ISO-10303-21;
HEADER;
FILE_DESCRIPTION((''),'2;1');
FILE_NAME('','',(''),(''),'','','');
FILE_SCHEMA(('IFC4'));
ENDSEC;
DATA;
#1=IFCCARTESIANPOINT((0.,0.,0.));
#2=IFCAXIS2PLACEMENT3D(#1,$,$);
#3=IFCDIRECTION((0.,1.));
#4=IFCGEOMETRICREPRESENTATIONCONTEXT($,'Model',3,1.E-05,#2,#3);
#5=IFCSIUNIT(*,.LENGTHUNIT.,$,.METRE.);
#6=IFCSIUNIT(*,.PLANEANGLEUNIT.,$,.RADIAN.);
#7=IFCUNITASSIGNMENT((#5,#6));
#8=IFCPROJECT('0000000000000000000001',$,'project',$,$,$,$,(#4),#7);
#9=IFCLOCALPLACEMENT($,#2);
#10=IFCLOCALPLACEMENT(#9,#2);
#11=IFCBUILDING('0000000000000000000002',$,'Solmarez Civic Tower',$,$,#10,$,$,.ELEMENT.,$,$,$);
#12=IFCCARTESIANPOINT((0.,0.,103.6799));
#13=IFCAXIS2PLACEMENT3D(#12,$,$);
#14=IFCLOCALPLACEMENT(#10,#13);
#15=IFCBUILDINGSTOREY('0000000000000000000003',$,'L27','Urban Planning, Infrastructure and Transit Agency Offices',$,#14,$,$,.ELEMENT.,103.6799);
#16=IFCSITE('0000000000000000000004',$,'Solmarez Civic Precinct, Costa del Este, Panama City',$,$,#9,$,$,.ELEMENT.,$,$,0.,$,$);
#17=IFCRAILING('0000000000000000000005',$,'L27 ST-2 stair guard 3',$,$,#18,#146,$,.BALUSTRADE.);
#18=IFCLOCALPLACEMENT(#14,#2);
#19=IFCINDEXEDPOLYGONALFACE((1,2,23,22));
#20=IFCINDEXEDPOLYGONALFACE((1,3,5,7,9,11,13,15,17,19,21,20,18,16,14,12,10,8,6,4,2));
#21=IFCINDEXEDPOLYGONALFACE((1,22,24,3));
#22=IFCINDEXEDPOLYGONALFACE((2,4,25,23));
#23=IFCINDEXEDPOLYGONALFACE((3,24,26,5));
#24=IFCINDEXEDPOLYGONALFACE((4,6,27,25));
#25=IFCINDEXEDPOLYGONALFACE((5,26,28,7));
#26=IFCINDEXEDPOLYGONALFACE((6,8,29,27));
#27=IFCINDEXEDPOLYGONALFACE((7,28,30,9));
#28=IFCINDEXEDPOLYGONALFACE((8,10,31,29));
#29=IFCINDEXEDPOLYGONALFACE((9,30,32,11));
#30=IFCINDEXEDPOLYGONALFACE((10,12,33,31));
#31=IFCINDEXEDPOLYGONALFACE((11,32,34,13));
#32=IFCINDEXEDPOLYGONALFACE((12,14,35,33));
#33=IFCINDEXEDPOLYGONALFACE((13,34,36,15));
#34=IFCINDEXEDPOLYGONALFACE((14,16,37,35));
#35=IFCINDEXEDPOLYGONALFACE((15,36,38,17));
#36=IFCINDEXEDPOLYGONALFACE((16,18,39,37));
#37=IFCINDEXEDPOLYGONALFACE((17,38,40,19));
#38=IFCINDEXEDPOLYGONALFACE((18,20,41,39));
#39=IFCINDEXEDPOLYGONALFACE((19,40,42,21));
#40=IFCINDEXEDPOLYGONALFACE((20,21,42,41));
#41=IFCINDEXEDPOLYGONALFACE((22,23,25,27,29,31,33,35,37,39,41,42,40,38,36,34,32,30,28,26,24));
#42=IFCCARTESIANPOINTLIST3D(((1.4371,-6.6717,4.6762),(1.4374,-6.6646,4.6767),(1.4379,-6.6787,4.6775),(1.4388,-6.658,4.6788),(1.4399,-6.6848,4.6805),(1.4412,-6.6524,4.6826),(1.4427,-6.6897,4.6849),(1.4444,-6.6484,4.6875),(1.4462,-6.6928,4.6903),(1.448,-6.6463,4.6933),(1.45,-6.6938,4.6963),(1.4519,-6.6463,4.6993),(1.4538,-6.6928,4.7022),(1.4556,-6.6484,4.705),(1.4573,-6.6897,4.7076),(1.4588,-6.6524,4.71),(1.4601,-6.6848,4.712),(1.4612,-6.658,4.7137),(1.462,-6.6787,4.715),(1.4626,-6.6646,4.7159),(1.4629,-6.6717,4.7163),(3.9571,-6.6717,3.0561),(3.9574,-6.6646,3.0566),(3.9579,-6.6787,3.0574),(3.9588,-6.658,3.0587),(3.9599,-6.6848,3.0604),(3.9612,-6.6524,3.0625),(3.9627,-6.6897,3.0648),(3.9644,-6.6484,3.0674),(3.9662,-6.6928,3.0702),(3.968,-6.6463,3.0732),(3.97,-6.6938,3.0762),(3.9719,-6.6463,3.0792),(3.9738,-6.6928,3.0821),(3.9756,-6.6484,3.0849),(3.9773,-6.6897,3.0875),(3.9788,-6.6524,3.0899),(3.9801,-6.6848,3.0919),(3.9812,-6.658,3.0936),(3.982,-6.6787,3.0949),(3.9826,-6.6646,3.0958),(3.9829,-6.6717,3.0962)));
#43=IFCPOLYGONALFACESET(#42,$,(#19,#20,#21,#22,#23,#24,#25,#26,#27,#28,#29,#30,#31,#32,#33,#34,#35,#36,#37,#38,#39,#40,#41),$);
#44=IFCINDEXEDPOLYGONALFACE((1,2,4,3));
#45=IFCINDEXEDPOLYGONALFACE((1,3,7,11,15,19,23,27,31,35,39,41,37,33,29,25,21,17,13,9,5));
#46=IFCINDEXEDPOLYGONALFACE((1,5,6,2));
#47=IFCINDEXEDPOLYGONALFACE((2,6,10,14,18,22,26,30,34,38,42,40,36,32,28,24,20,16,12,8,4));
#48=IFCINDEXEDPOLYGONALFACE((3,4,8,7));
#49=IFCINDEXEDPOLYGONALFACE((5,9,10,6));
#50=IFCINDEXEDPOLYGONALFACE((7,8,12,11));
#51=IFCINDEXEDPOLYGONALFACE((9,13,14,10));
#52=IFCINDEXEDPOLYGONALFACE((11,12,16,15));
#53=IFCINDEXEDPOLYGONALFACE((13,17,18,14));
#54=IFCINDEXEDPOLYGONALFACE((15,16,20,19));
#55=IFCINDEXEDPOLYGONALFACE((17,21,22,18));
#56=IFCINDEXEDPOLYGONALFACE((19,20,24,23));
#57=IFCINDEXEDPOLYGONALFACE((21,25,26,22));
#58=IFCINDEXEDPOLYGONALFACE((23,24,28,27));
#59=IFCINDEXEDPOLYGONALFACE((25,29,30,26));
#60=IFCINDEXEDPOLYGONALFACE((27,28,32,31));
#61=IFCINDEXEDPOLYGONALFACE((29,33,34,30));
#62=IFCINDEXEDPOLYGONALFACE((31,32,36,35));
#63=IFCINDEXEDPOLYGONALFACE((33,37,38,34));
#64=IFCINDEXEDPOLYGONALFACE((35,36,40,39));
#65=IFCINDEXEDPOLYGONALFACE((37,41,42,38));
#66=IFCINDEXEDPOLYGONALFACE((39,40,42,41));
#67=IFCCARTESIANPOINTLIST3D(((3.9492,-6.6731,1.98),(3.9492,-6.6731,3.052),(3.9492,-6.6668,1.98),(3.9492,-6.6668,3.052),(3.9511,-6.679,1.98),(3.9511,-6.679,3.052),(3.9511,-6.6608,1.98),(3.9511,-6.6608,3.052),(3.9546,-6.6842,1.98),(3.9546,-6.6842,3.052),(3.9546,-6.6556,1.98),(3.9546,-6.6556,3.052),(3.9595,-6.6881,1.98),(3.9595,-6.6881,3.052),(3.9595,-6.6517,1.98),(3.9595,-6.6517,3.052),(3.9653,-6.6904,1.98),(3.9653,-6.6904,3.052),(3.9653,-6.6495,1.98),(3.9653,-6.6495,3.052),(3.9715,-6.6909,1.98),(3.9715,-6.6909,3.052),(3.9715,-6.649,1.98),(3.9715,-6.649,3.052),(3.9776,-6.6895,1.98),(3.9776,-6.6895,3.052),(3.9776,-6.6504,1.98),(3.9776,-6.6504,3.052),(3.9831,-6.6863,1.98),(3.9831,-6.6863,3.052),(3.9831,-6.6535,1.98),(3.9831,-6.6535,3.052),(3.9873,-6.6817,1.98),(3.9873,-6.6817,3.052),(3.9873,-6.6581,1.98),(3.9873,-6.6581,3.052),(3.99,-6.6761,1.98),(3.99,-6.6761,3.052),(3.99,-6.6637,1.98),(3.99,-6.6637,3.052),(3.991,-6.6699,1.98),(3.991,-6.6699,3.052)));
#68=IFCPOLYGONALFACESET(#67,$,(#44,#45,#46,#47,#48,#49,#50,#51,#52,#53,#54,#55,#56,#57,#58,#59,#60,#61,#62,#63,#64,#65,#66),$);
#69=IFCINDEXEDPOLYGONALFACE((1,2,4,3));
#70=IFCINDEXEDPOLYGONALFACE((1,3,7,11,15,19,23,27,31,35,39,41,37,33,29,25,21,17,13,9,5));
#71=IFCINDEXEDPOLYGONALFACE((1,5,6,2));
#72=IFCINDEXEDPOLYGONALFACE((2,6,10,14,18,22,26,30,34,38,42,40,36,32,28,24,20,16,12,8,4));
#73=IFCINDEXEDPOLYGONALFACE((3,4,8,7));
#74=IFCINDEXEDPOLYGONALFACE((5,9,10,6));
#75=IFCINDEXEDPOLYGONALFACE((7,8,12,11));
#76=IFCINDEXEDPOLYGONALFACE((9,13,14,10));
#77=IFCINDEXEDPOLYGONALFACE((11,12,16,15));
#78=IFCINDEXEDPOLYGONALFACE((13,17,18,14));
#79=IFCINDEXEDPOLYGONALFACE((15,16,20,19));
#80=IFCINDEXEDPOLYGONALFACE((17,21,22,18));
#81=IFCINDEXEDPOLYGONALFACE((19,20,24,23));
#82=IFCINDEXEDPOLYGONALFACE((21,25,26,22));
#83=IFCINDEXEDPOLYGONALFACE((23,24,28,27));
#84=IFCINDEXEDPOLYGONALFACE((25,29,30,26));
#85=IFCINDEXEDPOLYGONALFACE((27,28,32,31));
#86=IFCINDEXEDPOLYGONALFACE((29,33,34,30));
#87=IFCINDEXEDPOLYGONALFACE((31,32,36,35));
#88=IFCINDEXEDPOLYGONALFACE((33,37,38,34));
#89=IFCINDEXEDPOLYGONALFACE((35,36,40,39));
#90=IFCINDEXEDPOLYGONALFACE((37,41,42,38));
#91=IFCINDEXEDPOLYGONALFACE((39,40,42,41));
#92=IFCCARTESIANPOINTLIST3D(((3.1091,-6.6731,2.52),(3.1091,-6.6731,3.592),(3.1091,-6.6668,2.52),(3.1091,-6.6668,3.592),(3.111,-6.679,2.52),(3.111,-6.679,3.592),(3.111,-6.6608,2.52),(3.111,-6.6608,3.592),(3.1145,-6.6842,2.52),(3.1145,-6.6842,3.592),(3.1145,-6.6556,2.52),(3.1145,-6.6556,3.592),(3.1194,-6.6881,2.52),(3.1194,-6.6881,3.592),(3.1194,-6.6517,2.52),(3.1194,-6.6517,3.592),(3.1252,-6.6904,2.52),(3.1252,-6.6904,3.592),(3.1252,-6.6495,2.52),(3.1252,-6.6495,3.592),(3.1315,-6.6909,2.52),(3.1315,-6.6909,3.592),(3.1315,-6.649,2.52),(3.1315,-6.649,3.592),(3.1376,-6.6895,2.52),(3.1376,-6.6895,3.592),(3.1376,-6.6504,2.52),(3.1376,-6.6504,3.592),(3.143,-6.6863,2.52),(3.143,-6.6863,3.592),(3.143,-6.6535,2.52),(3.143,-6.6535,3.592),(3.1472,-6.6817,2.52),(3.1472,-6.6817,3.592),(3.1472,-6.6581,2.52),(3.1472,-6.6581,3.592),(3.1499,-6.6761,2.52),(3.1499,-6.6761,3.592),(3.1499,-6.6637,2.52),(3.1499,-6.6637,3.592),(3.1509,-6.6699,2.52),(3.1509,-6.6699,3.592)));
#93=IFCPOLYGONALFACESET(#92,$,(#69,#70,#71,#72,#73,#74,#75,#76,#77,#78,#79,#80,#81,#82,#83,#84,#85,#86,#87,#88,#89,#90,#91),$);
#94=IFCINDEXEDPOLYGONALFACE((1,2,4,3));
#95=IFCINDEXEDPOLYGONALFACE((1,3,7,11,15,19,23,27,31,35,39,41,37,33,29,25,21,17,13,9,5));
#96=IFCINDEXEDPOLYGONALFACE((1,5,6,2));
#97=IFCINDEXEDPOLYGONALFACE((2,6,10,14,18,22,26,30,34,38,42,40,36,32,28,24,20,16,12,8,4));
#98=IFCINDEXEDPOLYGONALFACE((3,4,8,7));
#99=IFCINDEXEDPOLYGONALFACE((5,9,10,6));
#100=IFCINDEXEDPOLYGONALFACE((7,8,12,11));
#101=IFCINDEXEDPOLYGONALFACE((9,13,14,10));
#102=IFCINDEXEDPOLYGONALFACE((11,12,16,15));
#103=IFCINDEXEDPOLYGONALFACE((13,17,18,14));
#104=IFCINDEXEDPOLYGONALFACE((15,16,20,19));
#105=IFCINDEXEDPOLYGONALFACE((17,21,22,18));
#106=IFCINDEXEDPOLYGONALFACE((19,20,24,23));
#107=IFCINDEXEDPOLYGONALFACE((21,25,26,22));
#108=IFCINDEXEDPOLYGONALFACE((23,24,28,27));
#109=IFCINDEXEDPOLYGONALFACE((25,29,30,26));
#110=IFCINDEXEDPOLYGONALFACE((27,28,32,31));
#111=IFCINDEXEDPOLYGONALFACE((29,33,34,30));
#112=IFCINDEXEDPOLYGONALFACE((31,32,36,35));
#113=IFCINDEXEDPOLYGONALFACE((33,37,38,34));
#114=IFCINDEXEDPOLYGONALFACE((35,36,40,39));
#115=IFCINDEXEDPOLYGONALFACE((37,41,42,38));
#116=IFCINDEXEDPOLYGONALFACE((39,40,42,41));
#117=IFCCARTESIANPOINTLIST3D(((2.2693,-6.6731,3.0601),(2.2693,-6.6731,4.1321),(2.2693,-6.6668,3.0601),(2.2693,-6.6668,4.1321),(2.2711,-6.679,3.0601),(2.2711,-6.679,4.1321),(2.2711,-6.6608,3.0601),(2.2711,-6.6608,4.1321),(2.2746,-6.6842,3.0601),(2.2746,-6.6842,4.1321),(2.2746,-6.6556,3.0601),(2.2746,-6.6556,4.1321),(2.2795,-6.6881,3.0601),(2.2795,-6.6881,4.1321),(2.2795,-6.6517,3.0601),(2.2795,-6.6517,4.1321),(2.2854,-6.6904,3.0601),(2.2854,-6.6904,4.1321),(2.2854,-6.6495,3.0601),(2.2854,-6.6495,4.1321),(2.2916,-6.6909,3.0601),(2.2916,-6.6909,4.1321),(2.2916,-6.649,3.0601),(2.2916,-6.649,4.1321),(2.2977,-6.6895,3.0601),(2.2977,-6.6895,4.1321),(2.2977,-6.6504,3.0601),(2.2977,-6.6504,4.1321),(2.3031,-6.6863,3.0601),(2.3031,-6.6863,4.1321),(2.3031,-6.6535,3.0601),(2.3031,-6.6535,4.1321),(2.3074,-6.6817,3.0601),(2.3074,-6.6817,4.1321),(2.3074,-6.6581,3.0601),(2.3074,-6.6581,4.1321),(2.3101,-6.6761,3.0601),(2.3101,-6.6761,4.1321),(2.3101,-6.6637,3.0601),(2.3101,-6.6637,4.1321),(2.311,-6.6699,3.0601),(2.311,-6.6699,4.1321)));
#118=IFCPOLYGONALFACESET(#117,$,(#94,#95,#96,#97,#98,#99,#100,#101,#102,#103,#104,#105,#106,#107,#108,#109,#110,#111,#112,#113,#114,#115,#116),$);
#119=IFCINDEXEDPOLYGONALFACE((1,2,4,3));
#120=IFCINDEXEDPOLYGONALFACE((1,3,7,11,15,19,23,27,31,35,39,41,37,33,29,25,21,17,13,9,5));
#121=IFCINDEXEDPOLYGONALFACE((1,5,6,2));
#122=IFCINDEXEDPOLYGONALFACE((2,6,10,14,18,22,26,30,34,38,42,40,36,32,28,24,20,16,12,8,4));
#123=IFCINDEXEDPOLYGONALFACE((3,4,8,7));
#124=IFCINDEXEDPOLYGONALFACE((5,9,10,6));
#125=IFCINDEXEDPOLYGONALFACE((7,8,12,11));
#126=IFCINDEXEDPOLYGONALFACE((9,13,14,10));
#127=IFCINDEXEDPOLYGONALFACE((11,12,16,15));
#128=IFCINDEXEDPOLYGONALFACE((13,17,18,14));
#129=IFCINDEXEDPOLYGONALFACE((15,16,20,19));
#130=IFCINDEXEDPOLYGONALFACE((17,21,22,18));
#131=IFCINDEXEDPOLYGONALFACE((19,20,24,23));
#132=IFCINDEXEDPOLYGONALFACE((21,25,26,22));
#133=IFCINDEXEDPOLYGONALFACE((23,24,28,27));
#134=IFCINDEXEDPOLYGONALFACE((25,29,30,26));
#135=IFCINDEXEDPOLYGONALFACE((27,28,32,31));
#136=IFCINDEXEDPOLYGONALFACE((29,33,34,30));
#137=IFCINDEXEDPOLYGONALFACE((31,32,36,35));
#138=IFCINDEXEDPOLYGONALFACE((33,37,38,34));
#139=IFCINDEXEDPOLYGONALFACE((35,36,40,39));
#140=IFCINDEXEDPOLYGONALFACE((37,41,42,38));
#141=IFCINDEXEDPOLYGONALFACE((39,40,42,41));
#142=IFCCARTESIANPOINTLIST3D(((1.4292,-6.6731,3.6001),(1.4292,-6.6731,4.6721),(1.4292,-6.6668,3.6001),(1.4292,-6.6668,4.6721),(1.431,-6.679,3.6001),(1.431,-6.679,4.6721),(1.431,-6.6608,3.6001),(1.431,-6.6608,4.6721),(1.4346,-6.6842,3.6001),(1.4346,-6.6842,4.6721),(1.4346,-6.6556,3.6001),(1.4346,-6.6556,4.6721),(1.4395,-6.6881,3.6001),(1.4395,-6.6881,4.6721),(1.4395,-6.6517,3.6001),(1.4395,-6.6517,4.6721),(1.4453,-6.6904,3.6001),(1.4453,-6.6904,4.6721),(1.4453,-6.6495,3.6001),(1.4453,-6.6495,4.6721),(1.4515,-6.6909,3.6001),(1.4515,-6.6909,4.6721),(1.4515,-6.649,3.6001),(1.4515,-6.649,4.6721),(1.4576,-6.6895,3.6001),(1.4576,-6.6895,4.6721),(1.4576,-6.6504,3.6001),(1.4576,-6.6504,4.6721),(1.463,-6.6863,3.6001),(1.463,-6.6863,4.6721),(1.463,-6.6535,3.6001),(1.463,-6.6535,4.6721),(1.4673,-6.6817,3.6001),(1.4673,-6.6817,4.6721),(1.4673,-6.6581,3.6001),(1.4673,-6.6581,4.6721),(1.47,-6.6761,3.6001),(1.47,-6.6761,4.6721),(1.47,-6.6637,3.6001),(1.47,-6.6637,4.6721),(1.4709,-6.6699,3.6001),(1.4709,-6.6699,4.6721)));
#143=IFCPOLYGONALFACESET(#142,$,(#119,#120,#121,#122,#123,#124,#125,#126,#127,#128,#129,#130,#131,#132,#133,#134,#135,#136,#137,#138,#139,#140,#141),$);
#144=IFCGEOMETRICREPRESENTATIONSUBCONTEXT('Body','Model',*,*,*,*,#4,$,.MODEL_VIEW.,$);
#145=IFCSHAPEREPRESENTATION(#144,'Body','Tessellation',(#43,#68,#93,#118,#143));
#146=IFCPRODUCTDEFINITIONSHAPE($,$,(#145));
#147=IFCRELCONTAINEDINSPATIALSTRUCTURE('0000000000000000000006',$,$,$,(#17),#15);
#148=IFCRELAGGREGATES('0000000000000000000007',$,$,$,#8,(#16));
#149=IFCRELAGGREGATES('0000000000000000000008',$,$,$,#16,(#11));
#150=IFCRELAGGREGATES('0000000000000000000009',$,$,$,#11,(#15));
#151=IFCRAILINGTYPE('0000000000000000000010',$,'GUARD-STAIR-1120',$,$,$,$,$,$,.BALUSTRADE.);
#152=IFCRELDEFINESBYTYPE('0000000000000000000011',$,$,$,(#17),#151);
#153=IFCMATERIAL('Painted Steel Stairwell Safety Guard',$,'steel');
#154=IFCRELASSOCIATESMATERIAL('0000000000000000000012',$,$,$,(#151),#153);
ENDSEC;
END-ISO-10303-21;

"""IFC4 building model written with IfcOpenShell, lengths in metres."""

from ifc_helpers import new_model, si_unit, direction, frame, origin, origin_2d, place, context, subcontext, project, spatial, circle, extrude, material, type_object, element, save


model = new_model("IFC4")

# Units and contexts
model_context = context("Model", 3, precision=1e-05, world=origin(), true_north=direction((0.0, 1.0)))
body_context = subcontext(model_context, "Body", "Model", "MODEL_VIEW")
ifc_project = project(units=[si_unit("LENGTHUNIT", "METRE"), si_unit("PLANEANGLEUNIT", "RADIAN")], contexts=[model_context])

# Site, building, storey
site_placement = place(None, origin())
site = spatial("IfcSite", under=ifc_project, at=site_placement, Name="Solmarez Civic Precinct, Costa del Este, Panama City", CompositionType="ELEMENT", RefElevation=0.0)
building_placement = place(site_placement, origin())
building = spatial("IfcBuilding", under=site, at=building_placement, Name="Solmarez Civic Tower", CompositionType="ELEMENT")
storey_placement = place(building_placement, frame((0.0, 0.0, 103.6799)))
storey = spatial("IfcBuildingStorey", under=building, at=storey_placement, Name="L27", Description="Urban Planning, Infrastructure and Transit Agency Offices", CompositionType="ELEMENT", Elevation=103.6799)

# Railing
ifc_material_1 = material(Name="Painted Steel Stairwell Safety Guard", Category="steel")
railing_type_1 = type_object("IfcRailingType", Name="GUARD-STAIR-1120", PredefinedType="BALUSTRADE", material=ifc_material_1)
railing_1_placement = place(storey_placement, frame((3.97, -6.6699, 1.98)))
element("IfcRailing", 1, at=railing_1_placement, inside=storey, type_object=railing_type_1, Name="L27 ST-2 stair guard 3", PredefinedType="BALUSTRADE", context=body_context, shape_type="SweptSolid", body=[
    extrude(circle(Radius=0.0239, at=origin_2d()), frame((0.0, 0.0, 1.0962), z_axis=(-0.841163, 0.0, 0.540782), x_axis=(0.0, -1.0, 0.0)), (0.0, 0.0, 1.0), 2.9958),
    extrude(circle(Radius=0.021, at=origin_2d()), origin(), (0.0, 0.0, 1.0), 1.072),
    extrude(circle(Radius=0.021, at=origin_2d()), frame((-0.8401, 0.0, 0.54)), (0.0, 0.0, 1.0), 1.072),
    extrude(circle(Radius=0.021, at=origin_2d()), frame((-1.6799, 0.0, 1.0801)), (0.0, 0.0, 1.0), 1.072),
    extrude(circle(Radius=0.021, at=origin_2d()), frame((-2.52, 0.0, 1.6201)), (0.0, 0.0, 1.0), 1.072),
])

save(model, "model.ifc")
